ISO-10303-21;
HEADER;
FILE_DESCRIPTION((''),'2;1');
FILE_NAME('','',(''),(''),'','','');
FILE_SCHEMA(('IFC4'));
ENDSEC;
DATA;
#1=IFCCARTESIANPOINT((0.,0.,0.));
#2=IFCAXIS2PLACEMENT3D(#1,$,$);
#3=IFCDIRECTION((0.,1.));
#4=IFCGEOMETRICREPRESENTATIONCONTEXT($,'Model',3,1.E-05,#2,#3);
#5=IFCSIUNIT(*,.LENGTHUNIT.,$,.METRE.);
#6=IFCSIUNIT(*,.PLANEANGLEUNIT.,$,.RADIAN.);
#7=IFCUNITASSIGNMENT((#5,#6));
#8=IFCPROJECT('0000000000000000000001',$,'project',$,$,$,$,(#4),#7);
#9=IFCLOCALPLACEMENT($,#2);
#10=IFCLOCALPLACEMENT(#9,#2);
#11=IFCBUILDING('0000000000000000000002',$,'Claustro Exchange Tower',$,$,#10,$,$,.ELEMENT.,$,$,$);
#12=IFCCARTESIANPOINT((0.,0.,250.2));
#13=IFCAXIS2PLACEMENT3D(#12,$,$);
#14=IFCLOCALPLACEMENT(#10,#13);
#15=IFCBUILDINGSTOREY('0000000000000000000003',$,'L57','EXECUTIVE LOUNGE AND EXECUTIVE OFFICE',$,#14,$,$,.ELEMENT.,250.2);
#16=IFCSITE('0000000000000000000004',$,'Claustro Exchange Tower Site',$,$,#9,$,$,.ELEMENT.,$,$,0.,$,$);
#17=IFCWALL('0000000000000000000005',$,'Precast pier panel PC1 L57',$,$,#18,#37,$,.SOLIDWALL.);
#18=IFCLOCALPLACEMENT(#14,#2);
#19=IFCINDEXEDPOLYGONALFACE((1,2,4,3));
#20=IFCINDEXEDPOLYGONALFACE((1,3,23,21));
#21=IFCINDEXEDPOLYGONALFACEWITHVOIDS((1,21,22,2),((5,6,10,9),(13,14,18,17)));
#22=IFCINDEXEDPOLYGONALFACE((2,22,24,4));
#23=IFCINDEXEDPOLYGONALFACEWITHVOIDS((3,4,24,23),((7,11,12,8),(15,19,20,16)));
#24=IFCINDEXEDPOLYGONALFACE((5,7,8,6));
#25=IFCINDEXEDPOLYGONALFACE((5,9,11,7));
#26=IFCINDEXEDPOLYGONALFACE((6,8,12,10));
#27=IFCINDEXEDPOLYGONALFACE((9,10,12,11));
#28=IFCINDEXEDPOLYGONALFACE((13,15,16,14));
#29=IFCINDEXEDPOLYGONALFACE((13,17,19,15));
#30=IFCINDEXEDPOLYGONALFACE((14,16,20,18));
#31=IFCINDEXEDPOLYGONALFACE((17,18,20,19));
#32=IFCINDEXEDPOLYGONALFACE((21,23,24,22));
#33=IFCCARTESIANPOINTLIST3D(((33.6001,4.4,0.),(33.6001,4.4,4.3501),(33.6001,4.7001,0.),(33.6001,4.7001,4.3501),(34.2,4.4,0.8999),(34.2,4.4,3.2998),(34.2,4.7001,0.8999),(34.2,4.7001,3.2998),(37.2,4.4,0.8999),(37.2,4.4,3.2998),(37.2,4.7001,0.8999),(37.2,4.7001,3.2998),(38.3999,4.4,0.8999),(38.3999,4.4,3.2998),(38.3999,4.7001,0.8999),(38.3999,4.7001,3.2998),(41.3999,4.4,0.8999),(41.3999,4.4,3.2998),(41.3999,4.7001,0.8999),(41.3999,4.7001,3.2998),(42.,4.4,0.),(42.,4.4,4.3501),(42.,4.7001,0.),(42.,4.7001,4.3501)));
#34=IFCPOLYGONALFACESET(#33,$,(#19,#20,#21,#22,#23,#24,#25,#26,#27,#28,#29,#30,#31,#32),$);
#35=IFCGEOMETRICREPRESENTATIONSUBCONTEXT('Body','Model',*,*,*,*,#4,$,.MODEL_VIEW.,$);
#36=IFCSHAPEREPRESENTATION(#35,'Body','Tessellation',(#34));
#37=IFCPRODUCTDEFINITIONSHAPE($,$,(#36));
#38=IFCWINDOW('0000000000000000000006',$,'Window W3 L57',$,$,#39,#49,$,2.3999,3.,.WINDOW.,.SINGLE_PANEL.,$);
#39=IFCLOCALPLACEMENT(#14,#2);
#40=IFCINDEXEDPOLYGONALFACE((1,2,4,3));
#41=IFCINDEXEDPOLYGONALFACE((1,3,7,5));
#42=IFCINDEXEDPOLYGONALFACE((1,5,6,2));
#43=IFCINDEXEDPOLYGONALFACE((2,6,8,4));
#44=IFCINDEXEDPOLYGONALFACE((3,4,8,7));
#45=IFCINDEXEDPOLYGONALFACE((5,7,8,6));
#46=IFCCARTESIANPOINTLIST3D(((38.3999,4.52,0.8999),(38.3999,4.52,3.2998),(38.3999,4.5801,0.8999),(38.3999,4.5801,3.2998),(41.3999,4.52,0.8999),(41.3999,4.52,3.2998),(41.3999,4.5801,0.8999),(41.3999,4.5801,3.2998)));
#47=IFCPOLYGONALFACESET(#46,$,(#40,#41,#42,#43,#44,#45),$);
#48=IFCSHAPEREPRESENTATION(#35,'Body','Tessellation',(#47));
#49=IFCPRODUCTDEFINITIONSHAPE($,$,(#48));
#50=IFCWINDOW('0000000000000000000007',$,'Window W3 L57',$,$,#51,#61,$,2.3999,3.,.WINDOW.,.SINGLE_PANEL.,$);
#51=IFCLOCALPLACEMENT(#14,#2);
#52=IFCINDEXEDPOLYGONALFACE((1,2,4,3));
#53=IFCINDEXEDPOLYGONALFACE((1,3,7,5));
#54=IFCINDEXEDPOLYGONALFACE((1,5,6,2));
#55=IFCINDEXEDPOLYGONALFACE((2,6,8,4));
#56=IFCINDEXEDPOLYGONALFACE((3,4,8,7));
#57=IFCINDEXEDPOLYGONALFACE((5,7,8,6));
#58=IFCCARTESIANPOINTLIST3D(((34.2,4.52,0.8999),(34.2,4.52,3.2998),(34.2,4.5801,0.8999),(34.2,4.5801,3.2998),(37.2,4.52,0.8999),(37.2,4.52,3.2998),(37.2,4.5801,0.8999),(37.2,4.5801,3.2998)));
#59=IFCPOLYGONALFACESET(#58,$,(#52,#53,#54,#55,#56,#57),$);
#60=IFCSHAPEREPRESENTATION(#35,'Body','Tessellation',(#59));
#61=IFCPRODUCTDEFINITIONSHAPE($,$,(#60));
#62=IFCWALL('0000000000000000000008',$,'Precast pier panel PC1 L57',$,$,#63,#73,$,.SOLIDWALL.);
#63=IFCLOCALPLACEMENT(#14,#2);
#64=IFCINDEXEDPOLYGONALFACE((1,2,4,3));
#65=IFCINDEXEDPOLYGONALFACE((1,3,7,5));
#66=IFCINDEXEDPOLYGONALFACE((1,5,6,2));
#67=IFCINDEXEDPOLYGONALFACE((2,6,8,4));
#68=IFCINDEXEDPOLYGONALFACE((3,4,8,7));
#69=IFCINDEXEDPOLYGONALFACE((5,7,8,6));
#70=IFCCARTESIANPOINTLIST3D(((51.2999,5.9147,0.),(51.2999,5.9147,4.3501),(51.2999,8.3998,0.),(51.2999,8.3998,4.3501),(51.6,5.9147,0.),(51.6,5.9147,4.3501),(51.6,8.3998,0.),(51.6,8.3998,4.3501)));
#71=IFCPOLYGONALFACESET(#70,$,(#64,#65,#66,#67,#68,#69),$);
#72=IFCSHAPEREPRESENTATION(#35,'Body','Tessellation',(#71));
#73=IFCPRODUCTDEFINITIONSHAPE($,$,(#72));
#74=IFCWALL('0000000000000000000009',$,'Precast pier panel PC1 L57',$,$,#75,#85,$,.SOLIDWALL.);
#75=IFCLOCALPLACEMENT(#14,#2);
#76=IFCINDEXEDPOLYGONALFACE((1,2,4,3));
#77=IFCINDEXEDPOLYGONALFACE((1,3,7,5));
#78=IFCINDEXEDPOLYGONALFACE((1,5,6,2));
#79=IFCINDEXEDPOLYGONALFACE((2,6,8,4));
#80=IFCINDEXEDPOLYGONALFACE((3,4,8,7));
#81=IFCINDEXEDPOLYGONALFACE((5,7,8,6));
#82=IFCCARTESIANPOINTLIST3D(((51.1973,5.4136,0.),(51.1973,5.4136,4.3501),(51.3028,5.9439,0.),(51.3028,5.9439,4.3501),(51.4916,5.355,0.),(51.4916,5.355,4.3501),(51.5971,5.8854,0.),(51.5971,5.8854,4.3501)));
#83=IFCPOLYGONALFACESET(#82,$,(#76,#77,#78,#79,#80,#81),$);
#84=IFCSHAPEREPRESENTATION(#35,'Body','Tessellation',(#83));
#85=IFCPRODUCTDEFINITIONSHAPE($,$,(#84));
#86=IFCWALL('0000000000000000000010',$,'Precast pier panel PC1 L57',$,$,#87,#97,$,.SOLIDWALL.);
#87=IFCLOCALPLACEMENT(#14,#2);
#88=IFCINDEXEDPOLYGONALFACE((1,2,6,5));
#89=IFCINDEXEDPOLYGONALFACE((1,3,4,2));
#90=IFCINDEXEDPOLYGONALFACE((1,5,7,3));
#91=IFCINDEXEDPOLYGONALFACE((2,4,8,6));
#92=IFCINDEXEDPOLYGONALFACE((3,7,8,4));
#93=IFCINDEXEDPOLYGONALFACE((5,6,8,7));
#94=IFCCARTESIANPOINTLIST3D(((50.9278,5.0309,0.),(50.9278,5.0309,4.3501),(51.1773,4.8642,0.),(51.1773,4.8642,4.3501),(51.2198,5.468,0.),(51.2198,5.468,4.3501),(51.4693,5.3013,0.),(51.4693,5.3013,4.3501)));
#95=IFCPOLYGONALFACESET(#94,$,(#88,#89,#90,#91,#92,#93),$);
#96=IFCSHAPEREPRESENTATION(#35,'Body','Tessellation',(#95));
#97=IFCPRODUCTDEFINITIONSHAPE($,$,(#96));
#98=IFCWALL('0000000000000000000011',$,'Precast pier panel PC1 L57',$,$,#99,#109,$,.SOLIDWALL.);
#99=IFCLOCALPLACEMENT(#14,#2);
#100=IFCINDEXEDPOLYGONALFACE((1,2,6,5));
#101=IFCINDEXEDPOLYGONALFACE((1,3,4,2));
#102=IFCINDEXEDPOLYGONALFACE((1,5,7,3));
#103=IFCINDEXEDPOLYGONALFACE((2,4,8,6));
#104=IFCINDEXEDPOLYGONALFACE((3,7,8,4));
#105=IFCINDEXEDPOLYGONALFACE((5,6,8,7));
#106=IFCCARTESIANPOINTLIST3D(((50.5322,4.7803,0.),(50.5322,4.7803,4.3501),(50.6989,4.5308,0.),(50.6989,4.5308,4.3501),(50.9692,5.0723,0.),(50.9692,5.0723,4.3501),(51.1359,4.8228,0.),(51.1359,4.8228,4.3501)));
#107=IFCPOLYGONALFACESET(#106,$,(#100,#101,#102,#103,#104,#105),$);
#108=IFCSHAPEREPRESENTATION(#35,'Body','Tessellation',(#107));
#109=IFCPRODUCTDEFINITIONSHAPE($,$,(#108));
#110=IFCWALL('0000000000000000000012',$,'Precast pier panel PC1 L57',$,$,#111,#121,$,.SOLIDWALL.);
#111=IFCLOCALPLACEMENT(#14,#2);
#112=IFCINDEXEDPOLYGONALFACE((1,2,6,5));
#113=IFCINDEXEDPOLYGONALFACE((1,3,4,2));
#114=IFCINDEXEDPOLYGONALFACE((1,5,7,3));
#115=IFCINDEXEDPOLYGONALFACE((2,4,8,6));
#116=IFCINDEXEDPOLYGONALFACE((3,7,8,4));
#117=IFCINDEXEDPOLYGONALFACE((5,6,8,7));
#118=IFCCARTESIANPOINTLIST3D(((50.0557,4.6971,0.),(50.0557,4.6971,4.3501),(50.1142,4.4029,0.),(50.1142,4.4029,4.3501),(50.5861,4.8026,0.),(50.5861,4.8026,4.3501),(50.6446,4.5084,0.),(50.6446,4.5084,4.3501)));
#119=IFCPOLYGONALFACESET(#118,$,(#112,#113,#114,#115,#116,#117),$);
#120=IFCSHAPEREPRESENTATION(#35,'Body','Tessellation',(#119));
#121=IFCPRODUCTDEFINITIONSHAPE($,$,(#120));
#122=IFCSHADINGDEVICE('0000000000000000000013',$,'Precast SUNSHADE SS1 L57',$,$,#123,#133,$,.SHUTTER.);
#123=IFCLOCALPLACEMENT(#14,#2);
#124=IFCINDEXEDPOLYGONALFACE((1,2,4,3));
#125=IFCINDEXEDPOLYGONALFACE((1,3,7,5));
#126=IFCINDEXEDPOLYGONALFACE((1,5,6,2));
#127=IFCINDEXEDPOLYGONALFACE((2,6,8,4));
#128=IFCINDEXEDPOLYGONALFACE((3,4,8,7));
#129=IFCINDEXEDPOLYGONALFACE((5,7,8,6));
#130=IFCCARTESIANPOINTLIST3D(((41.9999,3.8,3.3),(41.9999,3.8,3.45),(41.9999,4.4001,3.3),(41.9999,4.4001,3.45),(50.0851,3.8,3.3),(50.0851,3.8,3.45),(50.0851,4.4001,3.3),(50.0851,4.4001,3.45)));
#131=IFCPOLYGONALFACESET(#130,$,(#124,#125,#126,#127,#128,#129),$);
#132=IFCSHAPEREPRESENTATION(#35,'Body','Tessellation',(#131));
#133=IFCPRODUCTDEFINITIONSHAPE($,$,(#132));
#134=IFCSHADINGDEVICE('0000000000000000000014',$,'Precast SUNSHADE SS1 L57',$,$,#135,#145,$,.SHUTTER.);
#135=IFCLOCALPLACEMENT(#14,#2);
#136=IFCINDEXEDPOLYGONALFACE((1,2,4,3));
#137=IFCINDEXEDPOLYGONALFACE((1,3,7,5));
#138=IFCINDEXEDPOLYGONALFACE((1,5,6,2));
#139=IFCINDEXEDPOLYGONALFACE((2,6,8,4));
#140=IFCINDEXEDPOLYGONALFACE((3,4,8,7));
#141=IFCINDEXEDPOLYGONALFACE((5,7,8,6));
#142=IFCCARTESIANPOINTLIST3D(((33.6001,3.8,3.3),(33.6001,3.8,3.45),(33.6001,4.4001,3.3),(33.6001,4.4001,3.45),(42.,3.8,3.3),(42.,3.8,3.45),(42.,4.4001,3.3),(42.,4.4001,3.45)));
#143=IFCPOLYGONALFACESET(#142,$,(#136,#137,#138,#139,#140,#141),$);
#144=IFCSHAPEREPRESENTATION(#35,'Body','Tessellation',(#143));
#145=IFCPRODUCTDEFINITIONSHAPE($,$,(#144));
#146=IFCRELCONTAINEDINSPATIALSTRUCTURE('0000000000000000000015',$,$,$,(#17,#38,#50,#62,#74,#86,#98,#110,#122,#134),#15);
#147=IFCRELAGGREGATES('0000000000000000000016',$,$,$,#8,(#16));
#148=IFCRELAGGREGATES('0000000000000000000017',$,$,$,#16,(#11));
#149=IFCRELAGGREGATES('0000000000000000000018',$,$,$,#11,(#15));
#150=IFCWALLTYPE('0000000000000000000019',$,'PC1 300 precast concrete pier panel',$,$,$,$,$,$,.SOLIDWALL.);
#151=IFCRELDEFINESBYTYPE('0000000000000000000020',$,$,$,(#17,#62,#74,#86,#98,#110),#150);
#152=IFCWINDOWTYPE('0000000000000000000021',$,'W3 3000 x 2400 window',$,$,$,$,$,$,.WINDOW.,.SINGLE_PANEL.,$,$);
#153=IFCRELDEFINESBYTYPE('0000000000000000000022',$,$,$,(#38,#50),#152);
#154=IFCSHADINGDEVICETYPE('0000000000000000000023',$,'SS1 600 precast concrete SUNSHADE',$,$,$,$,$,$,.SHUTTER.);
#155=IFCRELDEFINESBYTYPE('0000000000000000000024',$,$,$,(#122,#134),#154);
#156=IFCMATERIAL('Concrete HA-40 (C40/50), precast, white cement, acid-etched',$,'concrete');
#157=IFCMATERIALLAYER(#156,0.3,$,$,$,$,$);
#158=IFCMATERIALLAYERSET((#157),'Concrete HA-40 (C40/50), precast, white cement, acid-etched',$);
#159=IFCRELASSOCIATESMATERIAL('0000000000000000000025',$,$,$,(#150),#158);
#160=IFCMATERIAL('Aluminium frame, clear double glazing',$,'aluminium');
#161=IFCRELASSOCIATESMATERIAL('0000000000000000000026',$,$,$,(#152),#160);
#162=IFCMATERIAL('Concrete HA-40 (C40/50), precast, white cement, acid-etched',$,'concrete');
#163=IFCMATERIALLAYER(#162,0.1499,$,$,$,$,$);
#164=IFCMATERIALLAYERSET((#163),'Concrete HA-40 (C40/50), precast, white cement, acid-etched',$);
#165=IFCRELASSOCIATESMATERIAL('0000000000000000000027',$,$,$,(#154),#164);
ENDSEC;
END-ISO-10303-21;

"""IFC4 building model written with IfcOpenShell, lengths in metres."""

from ifc_helpers import new_model, si_unit, direction, frame, frame_2d, origin, origin_2d, place, context, subcontext, project, spatial, rectangle, extrude, material, layer, layer_set, type_object, element, fill, save


model = new_model("IFC4")

# Units and contexts
model_context = context("Model", 3, precision=1e-05, world=origin(), true_north=direction((0.0, 1.0)))
body_context = subcontext(model_context, "Body", "Model", "MODEL_VIEW")
ifc_project = project(units=[si_unit("LENGTHUNIT", "METRE"), si_unit("PLANEANGLEUNIT", "RADIAN")], contexts=[model_context])

# Site, building, storey
site_placement = place(None, origin())
site = spatial("IfcSite", under=ifc_project, at=site_placement, Name="Claustro Exchange Tower Site", CompositionType="ELEMENT", RefElevation=0.0)
building_placement = place(site_placement, origin())
building = spatial("IfcBuilding", under=site, at=building_placement, Name="Claustro Exchange Tower", CompositionType="ELEMENT")
storey_placement = place(building_placement, frame((0.0, 0.0, 250.2)))
storey = spatial("IfcBuildingStorey", under=building, at=storey_placement, Name="L57", Description="EXECUTIVE LOUNGE AND EXECUTIVE OFFICE", CompositionType="ELEMENT", Elevation=250.2)

# Wall, openings, windows
ifc_material_1 = material(Name="Concrete HA-40 (C40/50), precast, white cement, acid-etched", Category="concrete")
ifc_layer_1 = layer(ifc_material_1, 0.3)
ifc_layer_set_1 = layer_set([ifc_layer_1], Name="Concrete HA-40 (C40/50), precast, white cement, acid-etched")
wall_type_1 = type_object("IfcWallType", Name="PC1 300 precast concrete pier panel", PredefinedType="SOLIDWALL", material=ifc_layer_set_1)
ifc_material_2 = material(Name="Aluminium frame, clear double glazing", Category="aluminium")
window_type = type_object("IfcWindowType", Name="W3 3000 x 2400 window", PartitioningType="SINGLE_PANEL", PredefinedType="WINDOW", material=ifc_material_2)
wall_1_placement = place(storey_placement, frame((42.0, 4.55, 0.0), z_axis=(0.0, 0.0, 1.0), x_axis=(-1.0, 0.0, 0.0)))
wall_1 = element("IfcWall", 1, at=wall_1_placement, inside=storey, type_object=wall_type_1, Name="Precast pier panel PC1 L57", PredefinedType="SOLIDWALL", context=body_context, shape_type="SweptSolid", body=[
    extrude(rectangle(XDim=8.3999, YDim=0.3, at=frame_2d((4.2, 0.0))), origin(), (0.0, 0.0, 1.0), 4.3501),
])
opening_1_placement = place(wall_1_placement, frame((0.6001, 0.0, 0.8999)))
opening_1 = element("IfcOpeningElement", 2, at=opening_1_placement, cuts=wall_1, PredefinedType="OPENING", context=body_context, shape_type="SweptSolid", body=[
    extrude(rectangle(XDim=3.0, YDim=2.3999, at=frame_2d((1.5, 1.2))), frame((0.0, 0.1599, 0.0), z_axis=(0.0, -1.0, 0.0), x_axis=(1.0, 0.0, 0.0)), (0.0, 0.0, 1.0), 0.3201),
])
opening_2_placement = place(wall_1_placement, frame((4.8, 0.0, 0.8999)))
opening_2 = element("IfcOpeningElement", 3, at=opening_2_placement, cuts=wall_1, PredefinedType="OPENING", context=body_context, shape_type="SweptSolid", body=[
    extrude(rectangle(XDim=3.0, YDim=2.3999, at=frame_2d((1.5, 1.2))), frame((0.0, 0.1599, 0.0), z_axis=(0.0, -1.0, 0.0), x_axis=(1.0, 0.0, 0.0)), (0.0, 0.0, 1.0), 0.3201),
])
window_1_placement = place(opening_1_placement, origin())
window_1 = element("IfcWindow", 4, at=window_1_placement, inside=storey, type_object=window_type, Name="Window W3 L57", OverallHeight=2.3999, OverallWidth=3.0, PartitioningType="SINGLE_PANEL", PredefinedType="WINDOW", context=body_context, shape_type="SweptSolid", body=[
    extrude(rectangle(XDim=3.0, YDim=2.3999, at=frame_2d((1.5, 1.2))), frame((0.0, 0.03, 0.0), z_axis=(0.0, -1.0, 0.0), x_axis=(1.0, 0.0, 0.0)), (0.0, 0.0, 1.0), 0.0601),
])
fill(opening_1, window_1)
window_2_placement = place(opening_2_placement, origin())
window_2 = element("IfcWindow", 5, at=window_2_placement, inside=storey, type_object=window_type, Name="Window W3 L57", OverallHeight=2.3999, OverallWidth=3.0, PartitioningType="SINGLE_PANEL", PredefinedType="WINDOW", context=body_context, shape_type="SweptSolid", body=[
    extrude(rectangle(XDim=3.0, YDim=2.3999, at=frame_2d((1.5, 1.2))), frame((0.0, 0.03, 0.0), z_axis=(0.0, -1.0, 0.0), x_axis=(1.0, 0.0, 0.0)), (0.0, 0.0, 1.0), 0.0601),
])
fill(opening_2, window_2)

# Walls
wall_2_placement = place(storey_placement, frame((51.45, 8.3999, 0.0), z_axis=(0.0, 0.0, 1.0), x_axis=(0.0, -1.0, 0.0)))
element("IfcWall", 6, at=wall_2_placement, inside=storey, type_object=wall_type_1, Name="Precast pier panel PC1 L57", PredefinedType="SOLIDWALL", context=body_context, shape_type="SweptSolid", body=[
    extrude(rectangle(XDim=2.4851, YDim=0.3, at=frame_2d((1.2427, 0.0))), origin(), (0.0, 0.0, 1.0), 4.3501),
])
wall_3_placement = place(storey_placement, frame((51.45, 5.9148, 0.0), z_axis=(0.0, 0.0, 1.0), x_axis=(-0.195074, -0.980789, 0.0)))
element("IfcWall", 7, at=wall_3_placement, inside=storey, type_object=wall_type_1, Name="Precast pier panel PC1 L57", PredefinedType="SOLIDWALL", context=body_context, shape_type="SweptSolid", body=[
    extrude(rectangle(XDim=0.5408, YDim=0.3, at=frame_2d((0.2705, 0.0))), origin(), (0.0, 0.0, 1.0), 4.3501),
])
for number, where, z_axis, x_axis, name in (
    (8, (51.3445, 5.3845, 0.0), (0.0, 0.0, 1.0), (-0.555557, -0.831478, 0.0), "Precast pier panel PC1 L57"),
    (9, (51.0525, 4.9475, 0.0), (0.0, 0.0, 1.0), (-0.831478, -0.555557, 0.0), "Precast pier panel PC1 L57"),
):
    element("IfcWall", number, at=place(storey_placement, frame(where, z_axis=z_axis, x_axis=x_axis)), inside=storey, type_object=wall_type_1, Name=name, PredefinedType="SOLIDWALL", context=body_context, shape_type="SweptSolid", body=[
        extrude(rectangle(XDim=0.5256, YDim=0.3, at=frame_2d((0.2627, 0.0))), origin(), (0.0, 0.0, 1.0), 4.3501),
    ])
wall_4_placement = place(storey_placement, frame((50.6155, 4.6555, 0.0), z_axis=(0.0, 0.0, 1.0), x_axis=(-0.980789, -0.195074, 0.0)))
element("IfcWall", 10, at=wall_4_placement, inside=storey, type_object=wall_type_1, Name="Precast pier panel PC1 L57", PredefinedType="SOLIDWALL", context=body_context, shape_type="SweptSolid", body=[
    extrude(rectangle(XDim=0.5408, YDim=0.3, at=frame_2d((0.2705, 0.0))), origin(), (0.0, 0.0, 1.0), 4.3501),
])

# Shading devices
ifc_material_3 = material(Name="Concrete HA-40 (C40/50), precast, white cement, acid-etched", Category="concrete")
ifc_layer_2 = layer(ifc_material_3, 0.1499)
ifc_layer_set_2 = layer_set([ifc_layer_2], Name="Concrete HA-40 (C40/50), precast, white cement, acid-etched")
shading_device_type = type_object("IfcShadingDeviceType", Name="SS1 600 precast concrete SUNSHADE", PredefinedType="SHUTTER", material=ifc_layer_set_2)
shading_device_1_placement = place(storey_placement, frame((46.0425, 4.1001, 3.3), z_axis=(0.0, 0.0, 1.0), x_axis=(-1.0, 0.0, 0.0)))
element("IfcShadingDevice", 11, at=shading_device_1_placement, inside=storey, type_object=shading_device_type, Name="Precast SUNSHADE SS1 L57", PredefinedType="SHUTTER", context=body_context, shape_type="SweptSolid", body=[
    extrude(rectangle(XDim=8.0852, YDim=0.6001, at=origin_2d()), origin(), (0.0, 0.0, 1.0), 0.1499),
])
shading_device_2_placement = place(storey_placement, frame((37.8, 4.1001, 3.3), z_axis=(0.0, 0.0, 1.0), x_axis=(-1.0, 0.0, 0.0)))
element("IfcShadingDevice", 12, at=shading_device_2_placement, inside=storey, type_object=shading_device_type, Name="Precast SUNSHADE SS1 L57", PredefinedType="SHUTTER", context=body_context, shape_type="SweptSolid", body=[
    extrude(rectangle(XDim=8.3999, YDim=0.6001, at=origin_2d()), origin(), (0.0, 0.0, 1.0), 0.1499),
])

save(model, "model.ifc")
